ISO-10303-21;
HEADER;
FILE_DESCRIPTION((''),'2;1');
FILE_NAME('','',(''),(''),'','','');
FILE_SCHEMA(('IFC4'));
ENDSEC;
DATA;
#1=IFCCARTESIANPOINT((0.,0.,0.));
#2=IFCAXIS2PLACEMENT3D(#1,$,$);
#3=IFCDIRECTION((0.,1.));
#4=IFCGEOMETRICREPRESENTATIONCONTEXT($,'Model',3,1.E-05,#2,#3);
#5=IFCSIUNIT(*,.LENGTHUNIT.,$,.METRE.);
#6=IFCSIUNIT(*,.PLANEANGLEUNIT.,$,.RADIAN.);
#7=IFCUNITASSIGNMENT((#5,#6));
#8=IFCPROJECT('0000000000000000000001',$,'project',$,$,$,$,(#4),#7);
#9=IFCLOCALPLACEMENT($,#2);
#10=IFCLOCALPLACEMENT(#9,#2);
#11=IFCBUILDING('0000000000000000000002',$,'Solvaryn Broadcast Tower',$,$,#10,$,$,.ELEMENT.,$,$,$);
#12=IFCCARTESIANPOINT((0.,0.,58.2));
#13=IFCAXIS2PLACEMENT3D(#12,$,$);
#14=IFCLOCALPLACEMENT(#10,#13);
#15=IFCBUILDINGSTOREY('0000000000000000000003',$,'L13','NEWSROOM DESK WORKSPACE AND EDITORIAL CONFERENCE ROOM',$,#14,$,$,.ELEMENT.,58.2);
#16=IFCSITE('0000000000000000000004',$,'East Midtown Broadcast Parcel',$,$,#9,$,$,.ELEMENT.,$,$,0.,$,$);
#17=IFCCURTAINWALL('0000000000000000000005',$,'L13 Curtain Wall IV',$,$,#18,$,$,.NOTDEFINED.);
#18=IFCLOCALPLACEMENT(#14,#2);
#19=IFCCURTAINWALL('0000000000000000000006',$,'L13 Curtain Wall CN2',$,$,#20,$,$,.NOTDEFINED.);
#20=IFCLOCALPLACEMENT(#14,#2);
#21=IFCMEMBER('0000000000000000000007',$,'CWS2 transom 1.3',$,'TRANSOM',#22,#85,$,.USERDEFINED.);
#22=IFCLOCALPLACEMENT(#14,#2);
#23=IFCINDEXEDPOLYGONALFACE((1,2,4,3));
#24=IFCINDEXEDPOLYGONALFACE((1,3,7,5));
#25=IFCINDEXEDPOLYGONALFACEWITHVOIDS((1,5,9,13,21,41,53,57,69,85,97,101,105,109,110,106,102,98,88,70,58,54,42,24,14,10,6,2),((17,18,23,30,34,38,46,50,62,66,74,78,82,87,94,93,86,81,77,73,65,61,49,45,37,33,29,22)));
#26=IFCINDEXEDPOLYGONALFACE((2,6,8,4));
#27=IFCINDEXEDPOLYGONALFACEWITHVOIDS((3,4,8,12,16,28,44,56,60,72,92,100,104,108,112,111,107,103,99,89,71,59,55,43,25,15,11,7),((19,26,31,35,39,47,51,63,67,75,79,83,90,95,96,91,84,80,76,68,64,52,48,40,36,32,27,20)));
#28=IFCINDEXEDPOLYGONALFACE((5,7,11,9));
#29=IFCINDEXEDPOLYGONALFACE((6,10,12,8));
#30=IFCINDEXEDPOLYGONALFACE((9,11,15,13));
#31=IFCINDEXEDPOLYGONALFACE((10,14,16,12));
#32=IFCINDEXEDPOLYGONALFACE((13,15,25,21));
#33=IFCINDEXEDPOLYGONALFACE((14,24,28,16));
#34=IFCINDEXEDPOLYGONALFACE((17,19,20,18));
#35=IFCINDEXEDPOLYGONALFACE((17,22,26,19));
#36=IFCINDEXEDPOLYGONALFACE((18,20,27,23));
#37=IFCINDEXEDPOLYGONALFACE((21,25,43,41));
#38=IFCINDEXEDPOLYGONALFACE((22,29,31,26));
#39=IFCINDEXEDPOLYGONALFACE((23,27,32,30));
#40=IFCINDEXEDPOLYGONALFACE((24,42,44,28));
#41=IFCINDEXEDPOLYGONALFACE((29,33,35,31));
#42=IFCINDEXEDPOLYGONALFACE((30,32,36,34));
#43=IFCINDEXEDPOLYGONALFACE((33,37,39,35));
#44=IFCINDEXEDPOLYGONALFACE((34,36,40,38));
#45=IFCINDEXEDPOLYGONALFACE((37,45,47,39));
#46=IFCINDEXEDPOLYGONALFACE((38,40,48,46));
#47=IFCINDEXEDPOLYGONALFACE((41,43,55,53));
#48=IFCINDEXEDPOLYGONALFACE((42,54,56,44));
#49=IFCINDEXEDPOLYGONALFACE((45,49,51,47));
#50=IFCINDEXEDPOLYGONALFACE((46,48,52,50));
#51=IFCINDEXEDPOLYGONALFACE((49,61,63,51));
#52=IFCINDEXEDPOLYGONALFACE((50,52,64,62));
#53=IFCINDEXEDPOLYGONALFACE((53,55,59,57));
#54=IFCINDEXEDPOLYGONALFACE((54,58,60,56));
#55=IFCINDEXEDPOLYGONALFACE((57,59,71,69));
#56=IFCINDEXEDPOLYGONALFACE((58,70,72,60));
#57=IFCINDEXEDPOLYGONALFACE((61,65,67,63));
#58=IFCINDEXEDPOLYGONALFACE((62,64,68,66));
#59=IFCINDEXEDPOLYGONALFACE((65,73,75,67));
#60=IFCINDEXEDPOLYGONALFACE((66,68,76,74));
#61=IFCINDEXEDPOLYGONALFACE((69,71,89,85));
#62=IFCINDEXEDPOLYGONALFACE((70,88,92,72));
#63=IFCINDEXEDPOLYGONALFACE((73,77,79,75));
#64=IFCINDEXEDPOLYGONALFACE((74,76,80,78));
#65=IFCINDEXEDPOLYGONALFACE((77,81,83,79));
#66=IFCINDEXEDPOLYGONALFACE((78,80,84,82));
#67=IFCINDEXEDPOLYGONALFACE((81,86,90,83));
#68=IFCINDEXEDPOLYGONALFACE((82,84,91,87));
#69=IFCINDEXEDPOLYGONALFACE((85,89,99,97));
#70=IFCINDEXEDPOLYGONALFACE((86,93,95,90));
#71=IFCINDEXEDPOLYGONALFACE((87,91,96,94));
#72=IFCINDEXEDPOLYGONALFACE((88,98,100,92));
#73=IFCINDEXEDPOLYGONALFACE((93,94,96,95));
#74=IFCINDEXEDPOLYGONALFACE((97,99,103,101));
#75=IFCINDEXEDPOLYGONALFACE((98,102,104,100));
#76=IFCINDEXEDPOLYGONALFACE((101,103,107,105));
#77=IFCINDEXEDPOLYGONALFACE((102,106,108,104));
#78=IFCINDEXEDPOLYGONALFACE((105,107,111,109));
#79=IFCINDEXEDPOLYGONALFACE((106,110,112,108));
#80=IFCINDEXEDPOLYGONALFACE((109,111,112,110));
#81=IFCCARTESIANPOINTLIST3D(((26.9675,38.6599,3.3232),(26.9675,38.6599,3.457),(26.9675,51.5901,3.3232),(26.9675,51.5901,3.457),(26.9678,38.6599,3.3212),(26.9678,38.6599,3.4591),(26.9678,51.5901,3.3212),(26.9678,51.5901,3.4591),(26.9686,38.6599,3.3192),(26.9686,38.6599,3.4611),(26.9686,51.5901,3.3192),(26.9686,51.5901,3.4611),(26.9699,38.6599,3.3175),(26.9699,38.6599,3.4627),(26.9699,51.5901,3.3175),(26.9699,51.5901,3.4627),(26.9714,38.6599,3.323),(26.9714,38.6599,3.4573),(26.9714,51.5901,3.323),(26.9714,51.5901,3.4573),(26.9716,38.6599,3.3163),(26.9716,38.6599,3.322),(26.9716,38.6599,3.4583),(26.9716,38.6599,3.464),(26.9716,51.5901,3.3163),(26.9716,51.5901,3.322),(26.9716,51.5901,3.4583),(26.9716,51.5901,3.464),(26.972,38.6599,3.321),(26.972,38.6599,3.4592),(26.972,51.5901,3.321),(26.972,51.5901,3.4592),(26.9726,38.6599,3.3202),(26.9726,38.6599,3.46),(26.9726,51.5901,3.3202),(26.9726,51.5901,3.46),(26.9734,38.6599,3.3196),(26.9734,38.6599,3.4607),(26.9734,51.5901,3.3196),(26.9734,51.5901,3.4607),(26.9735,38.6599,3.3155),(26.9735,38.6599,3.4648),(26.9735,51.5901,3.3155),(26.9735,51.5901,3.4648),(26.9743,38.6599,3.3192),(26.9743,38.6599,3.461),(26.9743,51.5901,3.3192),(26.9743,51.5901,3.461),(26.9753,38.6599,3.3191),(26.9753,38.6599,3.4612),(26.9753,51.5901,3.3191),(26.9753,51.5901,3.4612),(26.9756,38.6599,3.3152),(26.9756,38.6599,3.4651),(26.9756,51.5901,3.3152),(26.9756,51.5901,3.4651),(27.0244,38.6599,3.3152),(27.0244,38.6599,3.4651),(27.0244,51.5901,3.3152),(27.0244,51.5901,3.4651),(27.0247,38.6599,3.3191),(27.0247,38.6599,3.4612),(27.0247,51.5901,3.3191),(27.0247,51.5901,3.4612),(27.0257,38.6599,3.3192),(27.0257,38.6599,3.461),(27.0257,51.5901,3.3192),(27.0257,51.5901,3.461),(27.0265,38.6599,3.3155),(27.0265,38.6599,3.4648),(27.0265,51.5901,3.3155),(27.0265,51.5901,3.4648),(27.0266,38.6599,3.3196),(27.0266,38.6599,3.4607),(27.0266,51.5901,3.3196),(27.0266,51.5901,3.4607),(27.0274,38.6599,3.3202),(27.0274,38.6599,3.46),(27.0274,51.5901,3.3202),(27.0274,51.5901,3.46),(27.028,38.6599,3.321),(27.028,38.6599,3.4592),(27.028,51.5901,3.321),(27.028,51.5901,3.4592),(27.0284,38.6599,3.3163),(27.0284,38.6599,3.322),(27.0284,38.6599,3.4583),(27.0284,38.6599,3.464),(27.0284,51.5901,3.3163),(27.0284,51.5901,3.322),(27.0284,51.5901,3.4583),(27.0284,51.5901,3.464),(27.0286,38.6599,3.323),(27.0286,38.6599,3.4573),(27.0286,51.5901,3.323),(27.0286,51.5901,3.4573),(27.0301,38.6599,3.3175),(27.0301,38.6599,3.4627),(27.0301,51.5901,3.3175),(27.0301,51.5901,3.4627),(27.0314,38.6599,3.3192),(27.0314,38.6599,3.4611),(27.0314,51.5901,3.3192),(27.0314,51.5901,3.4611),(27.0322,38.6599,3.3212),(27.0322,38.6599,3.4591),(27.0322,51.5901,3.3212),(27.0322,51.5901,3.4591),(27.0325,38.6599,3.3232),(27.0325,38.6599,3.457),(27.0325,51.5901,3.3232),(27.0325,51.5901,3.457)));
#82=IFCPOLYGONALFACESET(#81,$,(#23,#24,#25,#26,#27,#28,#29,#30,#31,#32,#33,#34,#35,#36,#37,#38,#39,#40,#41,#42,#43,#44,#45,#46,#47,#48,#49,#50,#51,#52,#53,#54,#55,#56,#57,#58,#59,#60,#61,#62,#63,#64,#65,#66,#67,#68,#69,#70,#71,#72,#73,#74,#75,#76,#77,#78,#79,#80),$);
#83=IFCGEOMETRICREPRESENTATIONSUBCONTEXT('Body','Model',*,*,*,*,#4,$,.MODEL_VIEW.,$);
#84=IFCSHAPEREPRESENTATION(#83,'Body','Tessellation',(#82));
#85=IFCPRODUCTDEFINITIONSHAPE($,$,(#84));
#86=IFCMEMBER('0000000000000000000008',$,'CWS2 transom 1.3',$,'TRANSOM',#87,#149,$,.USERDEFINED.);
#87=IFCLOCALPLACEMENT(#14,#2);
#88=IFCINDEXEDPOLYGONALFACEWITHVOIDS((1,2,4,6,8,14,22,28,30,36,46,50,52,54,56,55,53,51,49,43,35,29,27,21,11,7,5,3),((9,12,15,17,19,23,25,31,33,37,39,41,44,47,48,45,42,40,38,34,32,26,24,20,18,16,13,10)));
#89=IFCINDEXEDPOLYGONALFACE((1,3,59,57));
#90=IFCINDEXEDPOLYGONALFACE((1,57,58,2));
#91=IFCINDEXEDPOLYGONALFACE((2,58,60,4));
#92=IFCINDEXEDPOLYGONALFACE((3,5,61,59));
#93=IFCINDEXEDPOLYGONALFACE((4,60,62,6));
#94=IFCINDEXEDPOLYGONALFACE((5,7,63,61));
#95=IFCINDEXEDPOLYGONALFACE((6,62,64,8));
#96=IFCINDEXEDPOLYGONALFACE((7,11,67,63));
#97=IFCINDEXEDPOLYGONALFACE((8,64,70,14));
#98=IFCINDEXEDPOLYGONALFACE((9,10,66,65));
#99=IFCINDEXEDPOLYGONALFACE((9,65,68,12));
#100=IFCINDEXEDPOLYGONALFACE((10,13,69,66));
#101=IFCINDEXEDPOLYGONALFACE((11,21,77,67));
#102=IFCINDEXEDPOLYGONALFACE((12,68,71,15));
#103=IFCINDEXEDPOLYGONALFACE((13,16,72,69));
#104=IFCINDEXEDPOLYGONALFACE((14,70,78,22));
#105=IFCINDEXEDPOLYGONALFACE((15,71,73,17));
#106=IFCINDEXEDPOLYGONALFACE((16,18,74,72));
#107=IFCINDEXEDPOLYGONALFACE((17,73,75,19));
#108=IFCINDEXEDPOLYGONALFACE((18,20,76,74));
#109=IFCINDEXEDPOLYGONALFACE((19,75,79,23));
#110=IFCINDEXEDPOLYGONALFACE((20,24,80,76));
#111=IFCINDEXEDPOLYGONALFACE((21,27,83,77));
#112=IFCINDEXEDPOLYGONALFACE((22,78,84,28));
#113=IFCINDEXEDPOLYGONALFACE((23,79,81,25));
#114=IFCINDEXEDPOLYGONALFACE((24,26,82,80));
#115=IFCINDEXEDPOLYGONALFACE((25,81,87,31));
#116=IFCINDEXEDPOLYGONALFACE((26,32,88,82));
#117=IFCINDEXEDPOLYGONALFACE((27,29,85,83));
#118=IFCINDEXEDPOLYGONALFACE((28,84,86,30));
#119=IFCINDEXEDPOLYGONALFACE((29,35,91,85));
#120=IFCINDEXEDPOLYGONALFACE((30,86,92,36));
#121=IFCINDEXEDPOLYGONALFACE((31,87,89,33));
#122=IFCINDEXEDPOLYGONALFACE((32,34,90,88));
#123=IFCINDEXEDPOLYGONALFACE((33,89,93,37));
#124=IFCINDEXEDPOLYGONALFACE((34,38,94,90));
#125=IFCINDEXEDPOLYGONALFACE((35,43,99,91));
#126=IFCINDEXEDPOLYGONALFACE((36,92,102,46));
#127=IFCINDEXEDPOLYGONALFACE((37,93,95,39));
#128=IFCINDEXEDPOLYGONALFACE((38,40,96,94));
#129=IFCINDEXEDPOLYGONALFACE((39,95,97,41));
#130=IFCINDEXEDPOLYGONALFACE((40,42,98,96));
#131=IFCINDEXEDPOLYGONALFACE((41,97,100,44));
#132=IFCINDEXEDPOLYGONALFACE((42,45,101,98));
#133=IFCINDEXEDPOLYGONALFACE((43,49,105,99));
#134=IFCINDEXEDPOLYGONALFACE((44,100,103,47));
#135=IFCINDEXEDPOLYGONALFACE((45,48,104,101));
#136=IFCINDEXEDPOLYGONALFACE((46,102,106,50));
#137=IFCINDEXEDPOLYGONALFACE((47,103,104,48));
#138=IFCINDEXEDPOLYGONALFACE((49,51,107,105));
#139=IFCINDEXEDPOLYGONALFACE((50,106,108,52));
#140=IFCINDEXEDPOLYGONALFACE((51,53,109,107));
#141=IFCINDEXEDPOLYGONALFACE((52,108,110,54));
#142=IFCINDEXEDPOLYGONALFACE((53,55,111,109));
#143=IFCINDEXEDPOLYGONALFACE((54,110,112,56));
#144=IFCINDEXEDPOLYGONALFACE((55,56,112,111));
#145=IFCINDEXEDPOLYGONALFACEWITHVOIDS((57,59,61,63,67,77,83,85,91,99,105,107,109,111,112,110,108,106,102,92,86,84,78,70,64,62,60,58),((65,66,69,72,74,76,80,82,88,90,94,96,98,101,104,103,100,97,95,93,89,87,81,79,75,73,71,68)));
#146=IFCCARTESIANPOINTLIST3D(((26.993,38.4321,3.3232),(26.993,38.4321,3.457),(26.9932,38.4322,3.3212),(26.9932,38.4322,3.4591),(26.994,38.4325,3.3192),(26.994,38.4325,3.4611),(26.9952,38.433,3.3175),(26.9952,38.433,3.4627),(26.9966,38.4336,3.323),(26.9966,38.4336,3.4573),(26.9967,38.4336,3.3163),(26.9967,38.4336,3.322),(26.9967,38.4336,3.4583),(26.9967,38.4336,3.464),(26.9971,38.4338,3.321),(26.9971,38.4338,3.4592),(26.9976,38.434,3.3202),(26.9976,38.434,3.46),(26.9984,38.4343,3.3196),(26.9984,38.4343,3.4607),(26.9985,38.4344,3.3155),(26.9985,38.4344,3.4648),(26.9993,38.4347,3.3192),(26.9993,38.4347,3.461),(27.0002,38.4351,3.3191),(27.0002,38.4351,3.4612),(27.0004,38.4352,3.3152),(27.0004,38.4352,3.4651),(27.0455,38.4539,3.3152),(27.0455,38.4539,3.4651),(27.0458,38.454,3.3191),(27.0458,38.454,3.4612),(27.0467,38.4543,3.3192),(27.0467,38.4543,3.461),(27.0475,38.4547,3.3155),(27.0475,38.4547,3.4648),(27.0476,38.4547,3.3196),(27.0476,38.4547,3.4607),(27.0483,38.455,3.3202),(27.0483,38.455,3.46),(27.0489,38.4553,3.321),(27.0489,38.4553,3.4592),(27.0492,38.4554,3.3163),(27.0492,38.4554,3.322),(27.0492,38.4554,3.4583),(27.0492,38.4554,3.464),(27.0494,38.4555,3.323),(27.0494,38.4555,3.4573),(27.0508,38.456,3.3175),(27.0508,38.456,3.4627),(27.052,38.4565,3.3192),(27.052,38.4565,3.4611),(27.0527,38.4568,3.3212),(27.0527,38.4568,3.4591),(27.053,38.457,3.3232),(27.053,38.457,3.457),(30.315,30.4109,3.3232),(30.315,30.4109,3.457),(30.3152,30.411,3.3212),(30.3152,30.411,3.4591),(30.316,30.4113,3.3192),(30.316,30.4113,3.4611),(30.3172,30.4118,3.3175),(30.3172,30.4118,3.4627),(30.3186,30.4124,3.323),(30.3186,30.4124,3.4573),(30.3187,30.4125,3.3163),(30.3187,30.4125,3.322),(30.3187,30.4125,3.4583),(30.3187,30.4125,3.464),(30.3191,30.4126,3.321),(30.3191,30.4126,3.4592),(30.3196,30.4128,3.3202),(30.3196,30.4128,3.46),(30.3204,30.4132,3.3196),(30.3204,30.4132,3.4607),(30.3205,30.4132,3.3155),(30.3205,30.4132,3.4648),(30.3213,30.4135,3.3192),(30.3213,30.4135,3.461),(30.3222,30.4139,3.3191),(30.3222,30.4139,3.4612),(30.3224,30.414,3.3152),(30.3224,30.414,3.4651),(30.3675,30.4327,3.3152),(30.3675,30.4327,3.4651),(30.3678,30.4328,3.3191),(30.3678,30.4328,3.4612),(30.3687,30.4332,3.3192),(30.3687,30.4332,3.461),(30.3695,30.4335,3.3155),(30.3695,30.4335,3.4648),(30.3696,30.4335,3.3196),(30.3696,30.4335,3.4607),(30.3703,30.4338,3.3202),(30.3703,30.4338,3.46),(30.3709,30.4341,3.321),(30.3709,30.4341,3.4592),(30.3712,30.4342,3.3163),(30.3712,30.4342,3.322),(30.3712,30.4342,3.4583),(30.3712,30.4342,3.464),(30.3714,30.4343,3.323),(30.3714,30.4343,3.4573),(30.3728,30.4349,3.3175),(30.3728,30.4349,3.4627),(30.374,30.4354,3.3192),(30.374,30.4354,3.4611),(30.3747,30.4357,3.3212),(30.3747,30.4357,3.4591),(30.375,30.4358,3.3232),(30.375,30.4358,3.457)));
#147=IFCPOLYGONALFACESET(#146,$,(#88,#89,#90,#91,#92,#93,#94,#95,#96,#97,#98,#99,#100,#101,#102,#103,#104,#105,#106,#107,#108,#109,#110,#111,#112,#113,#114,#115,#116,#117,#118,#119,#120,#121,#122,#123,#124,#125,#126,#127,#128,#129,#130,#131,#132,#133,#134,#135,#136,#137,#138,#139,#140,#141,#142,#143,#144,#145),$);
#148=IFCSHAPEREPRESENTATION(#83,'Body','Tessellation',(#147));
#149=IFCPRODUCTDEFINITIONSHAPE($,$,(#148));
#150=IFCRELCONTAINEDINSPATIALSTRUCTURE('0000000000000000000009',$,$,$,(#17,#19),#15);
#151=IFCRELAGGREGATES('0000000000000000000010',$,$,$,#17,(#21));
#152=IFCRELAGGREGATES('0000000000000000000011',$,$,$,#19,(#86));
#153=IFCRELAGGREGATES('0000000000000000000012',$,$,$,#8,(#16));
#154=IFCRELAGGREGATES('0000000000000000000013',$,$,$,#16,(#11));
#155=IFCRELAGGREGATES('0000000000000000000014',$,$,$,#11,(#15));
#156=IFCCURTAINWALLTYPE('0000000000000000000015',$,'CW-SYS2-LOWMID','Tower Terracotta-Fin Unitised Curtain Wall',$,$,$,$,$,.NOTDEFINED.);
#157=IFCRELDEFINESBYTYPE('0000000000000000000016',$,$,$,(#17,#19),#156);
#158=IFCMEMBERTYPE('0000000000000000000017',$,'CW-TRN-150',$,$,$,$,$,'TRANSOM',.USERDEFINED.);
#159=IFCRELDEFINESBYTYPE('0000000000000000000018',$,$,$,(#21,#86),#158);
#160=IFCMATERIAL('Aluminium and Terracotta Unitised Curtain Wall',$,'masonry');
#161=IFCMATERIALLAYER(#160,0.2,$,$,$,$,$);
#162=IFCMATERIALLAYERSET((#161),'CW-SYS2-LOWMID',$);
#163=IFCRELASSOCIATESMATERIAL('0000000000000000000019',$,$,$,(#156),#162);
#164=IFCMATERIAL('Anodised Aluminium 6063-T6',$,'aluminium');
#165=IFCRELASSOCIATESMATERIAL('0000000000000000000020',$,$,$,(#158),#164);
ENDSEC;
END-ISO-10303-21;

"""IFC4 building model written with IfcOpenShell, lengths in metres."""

from ifc_helpers import new_model, si_unit, direction, frame, origin, origin_2d, place, context, subcontext, project, spatial, hollow_rectangle, extrude, material, layer, layer_set, material_profile, profile_set, type_object, element, aggregate, save


model = new_model("IFC4")

# Units and contexts
model_context = context("Model", 3, precision=1e-05, world=origin(), true_north=direction((0.0, 1.0)))
body_context = subcontext(model_context, "Body", "Model", "MODEL_VIEW")
ifc_project = project(units=[si_unit("LENGTHUNIT", "METRE"), si_unit("PLANEANGLEUNIT", "RADIAN")], contexts=[model_context])

# Site, building, storey
site_placement = place(None, origin())
site = spatial("IfcSite", under=ifc_project, at=site_placement, Name="East Midtown Broadcast Parcel", CompositionType="ELEMENT", RefElevation=0.0)
building_placement = place(site_placement, origin())
building = spatial("IfcBuilding", under=site, at=building_placement, Name="Solvaryn Broadcast Tower", CompositionType="ELEMENT")
storey_placement = place(building_placement, frame((0.0, 0.0, 58.2)))
storey = spatial("IfcBuildingStorey", under=building, at=storey_placement, Name="L13", Description="NEWSROOM DESK WORKSPACE AND EDITORIAL CONFERENCE ROOM", CompositionType="ELEMENT", Elevation=58.2)

# Curtain wall
ifc_material_1 = material(Name="Aluminium and Terracotta Unitised Curtain Wall", Category="masonry")
ifc_layer_1 = layer(ifc_material_1, 0.2)
ifc_layer_set_1 = layer_set([ifc_layer_1], Name="CW-SYS2-LOWMID")
curtain_wall_type = type_object("IfcCurtainWallType", Name="CW-SYS2-LOWMID", Description="Tower Terracotta-Fin Unitised Curtain Wall", PredefinedType="NOTDEFINED", material=ifc_layer_set_1)
curtain_wall_1_placement = place(storey_placement, origin())
curtain_wall_1 = element("IfcCurtainWall", 1, at=curtain_wall_1_placement, inside=storey, type_object=curtain_wall_type, Name="L13 Curtain Wall IV", PredefinedType="NOTDEFINED")

# Curtain wall
curtain_wall_2_placement = place(storey_placement, origin())
curtain_wall_2 = element("IfcCurtainWall", 2, at=curtain_wall_2_placement, inside=storey, type_object=curtain_wall_type, Name="L13 Curtain Wall CN2", PredefinedType="NOTDEFINED")

# Members
ifc_material_2 = material(Name="Anodised Aluminium 6063-T6", Category="aluminium")
ifc_material_profile_1 = material_profile(ifc_material_2, hollow_rectangle(XDim=0.0649, YDim=0.1499, WallThickness=0.0039, InnerFilletRadius=0.0039, OuterFilletRadius=0.0081, at=origin_2d()))
ifc_profile_set_1 = profile_set([ifc_material_profile_1], Name="Anodised Aluminium 6063-T6")
member_type_1 = type_object("IfcMemberType", Name="CW-TRN-150", ElementType="TRANSOM", PredefinedType="USERDEFINED", material=ifc_profile_set_1)
member_1_placement = place(storey_placement, frame((27.0, 51.5901, 3.3901), z_axis=(0.0, -1.0, 0.0), x_axis=(1.0, 0.0, 0.0)))
member_1 = element("IfcMember", 3, at=member_1_placement, type_object=member_type_1, Name="CWS2 transom 1.3", ObjectType="TRANSOM", PredefinedType="USERDEFINED", context=body_context, shape_type="SweptSolid", body=[
    extrude(hollow_rectangle(XDim=0.0649, YDim=0.1499, WallThickness=0.0039, InnerFilletRadius=0.0039, OuterFilletRadius=0.0081, at=origin_2d()), origin(), (0.0, 0.0, 1.0), 12.9302),
])
member_2_placement = place(storey_placement, frame((30.345, 30.4233, 3.3901), z_axis=(-0.382636, 0.923899, 0.0), x_axis=(-0.923899, -0.382636, 0.0)))
member_2 = element("IfcMember", 4, at=member_2_placement, type_object=member_type_1, Name="CWS2 transom 1.3", ObjectType="TRANSOM", PredefinedType="USERDEFINED", context=body_context, shape_type="SweptSolid", body=[
    extrude(hollow_rectangle(XDim=0.0649, YDim=0.1499, WallThickness=0.0039, InnerFilletRadius=0.0039, OuterFilletRadius=0.0081, at=origin_2d()), origin(), (0.0, 0.0, 1.0), 8.6819),
])

aggregate(curtain_wall_1, [member_1])
aggregate(curtain_wall_2, [member_2])

save(model, "model.ifc")
